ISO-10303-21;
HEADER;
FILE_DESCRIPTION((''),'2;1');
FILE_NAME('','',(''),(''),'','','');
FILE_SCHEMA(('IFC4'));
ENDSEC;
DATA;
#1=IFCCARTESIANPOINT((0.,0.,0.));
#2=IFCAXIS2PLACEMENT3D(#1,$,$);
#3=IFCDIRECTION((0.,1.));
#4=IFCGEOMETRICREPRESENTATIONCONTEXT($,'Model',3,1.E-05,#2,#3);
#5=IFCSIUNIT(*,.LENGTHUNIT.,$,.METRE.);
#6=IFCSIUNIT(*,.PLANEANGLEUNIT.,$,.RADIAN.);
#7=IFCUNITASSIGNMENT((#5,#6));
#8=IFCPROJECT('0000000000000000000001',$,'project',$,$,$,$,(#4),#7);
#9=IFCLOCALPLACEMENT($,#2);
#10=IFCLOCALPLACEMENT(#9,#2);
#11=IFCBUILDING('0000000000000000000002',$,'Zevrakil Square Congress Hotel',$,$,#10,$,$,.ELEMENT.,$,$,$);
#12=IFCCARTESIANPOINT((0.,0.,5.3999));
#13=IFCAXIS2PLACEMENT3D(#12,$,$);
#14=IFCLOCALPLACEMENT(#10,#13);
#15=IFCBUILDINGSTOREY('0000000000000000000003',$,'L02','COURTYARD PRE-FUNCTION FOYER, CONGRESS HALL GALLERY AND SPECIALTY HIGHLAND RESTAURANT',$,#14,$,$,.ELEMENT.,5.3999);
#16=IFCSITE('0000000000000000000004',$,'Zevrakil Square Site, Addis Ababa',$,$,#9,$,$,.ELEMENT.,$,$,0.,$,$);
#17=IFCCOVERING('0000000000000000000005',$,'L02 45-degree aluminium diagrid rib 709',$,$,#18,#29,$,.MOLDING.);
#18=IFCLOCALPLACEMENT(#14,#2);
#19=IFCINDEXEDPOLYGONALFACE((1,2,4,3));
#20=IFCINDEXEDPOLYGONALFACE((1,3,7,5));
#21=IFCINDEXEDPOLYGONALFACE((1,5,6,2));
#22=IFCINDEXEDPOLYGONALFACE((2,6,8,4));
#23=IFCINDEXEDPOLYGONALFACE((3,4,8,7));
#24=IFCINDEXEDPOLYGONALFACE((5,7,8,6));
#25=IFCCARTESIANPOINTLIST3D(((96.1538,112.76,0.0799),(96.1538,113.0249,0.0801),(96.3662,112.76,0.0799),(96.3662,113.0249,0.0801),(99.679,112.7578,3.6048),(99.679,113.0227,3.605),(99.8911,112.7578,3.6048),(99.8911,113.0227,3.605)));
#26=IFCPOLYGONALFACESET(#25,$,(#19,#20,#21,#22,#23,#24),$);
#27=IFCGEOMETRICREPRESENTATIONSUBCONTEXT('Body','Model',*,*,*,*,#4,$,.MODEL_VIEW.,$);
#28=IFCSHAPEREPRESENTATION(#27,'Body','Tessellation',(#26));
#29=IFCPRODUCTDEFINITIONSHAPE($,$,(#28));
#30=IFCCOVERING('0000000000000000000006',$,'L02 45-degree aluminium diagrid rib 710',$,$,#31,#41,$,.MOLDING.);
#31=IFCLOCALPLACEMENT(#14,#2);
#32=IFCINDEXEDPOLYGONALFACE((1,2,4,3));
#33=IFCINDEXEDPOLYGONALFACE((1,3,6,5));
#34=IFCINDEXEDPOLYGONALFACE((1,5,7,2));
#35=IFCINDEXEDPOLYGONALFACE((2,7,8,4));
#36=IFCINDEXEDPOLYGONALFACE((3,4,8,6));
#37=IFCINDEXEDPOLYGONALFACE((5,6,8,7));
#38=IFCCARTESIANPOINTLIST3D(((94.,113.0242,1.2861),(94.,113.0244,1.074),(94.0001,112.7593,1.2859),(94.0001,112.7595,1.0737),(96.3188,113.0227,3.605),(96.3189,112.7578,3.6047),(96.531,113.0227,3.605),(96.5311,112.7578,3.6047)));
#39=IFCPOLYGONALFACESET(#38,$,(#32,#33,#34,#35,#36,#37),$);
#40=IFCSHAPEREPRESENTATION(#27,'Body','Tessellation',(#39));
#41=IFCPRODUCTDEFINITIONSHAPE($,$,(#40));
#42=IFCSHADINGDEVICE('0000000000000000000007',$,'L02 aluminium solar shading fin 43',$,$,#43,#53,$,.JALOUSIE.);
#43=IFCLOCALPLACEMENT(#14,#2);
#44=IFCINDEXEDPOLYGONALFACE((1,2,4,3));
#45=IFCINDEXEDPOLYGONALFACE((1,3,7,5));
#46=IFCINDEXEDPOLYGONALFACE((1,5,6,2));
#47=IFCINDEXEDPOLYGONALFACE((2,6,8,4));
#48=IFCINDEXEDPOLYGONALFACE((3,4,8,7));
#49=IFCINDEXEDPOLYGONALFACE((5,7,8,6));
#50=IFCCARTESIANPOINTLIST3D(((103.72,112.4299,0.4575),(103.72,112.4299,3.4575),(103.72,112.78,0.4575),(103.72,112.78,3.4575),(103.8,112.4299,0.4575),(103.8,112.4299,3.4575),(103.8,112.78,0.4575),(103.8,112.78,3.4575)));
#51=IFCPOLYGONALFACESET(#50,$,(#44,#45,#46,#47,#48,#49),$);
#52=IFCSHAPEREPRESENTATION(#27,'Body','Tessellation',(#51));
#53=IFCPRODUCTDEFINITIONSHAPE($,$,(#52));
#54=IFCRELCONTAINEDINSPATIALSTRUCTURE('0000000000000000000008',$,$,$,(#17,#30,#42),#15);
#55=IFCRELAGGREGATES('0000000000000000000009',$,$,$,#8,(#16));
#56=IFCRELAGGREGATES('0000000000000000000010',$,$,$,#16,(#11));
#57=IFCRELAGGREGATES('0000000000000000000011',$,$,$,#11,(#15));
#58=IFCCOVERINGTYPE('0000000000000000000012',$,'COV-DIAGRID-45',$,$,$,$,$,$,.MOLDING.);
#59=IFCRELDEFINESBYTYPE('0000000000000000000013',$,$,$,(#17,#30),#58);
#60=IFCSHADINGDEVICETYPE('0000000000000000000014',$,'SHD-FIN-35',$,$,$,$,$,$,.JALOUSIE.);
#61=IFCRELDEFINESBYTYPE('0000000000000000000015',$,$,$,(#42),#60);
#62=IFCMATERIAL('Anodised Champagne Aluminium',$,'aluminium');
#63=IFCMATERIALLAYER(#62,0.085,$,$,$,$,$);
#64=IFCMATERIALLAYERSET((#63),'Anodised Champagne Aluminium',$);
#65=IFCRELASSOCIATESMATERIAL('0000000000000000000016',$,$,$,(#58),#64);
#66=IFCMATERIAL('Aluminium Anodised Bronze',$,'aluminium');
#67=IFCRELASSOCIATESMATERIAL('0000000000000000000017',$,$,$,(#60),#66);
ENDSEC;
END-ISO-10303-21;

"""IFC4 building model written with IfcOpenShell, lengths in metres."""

from ifc_helpers import new_model, si_unit, direction, frame, origin, origin_2d, place, context, subcontext, project, spatial, polyline, rectangle, outline, extrude, material, layer, layer_set, type_object, element, save


model = new_model("IFC4")

# Units and contexts
model_context = context("Model", 3, precision=1e-05, world=origin(), true_north=direction((0.0, 1.0)))
body_context = subcontext(model_context, "Body", "Model", "MODEL_VIEW")
ifc_project = project(units=[si_unit("LENGTHUNIT", "METRE"), si_unit("PLANEANGLEUNIT", "RADIAN")], contexts=[model_context])

# Site, building, storey
site_placement = place(None, origin())
site = spatial("IfcSite", under=ifc_project, at=site_placement, Name="Zevrakil Square Site, Addis Ababa", CompositionType="ELEMENT", RefElevation=0.0)
building_placement = place(site_placement, origin())
building = spatial("IfcBuilding", under=site, at=building_placement, Name="Zevrakil Square Congress Hotel", CompositionType="ELEMENT")
storey_placement = place(building_placement, frame((0.0, 0.0, 5.3999)))
storey = spatial("IfcBuildingStorey", under=building, at=storey_placement, Name="L02", Description="COURTYARD PRE-FUNCTION FOYER, CONGRESS HALL GALLERY AND SPECIALTY HIGHLAND RESTAURANT", CompositionType="ELEMENT", Elevation=5.3999)

# Coverings
ifc_material_1 = material(Name="Anodised Champagne Aluminium", Category="aluminium")
ifc_layer_1 = layer(ifc_material_1, 0.085)
ifc_layer_set_1 = layer_set([ifc_layer_1], Name="Anodised Champagne Aluminium")
covering_type_1 = type_object("IfcCoveringType", Name="COV-DIAGRID-45", PredefinedType="MOLDING", material=ifc_layer_set_1)
covering_1_placement = place(storey_placement, frame((99.8911, 113.0227, 3.605), z_axis=(0.0, 1.0, 0.000623), x_axis=(-1.0, 0.0, 0.0)))
element("IfcCovering", 1, at=covering_1_placement, inside=storey, type_object=covering_type_1, Name="L02 45-degree aluminium diagrid rib 709", PredefinedType="MOLDING", context=body_context, shape_type="SweptSolid", body=[
    extrude(outline(polyline([(0.0, 0.0), (0.2122, 0.0), (3.7373, -3.5249), (3.5249, -3.5249), (0.0, 0.0)])), origin(), (0.0, 0.0, -1.0), 0.2649),
])
covering_2_placement = place(storey_placement, frame((96.531, 113.0227, 3.605), z_axis=(-0.000248, 1.0, 0.000903), x_axis=(-1.0, -0.000248, 0.0)))
element("IfcCovering", 2, at=covering_2_placement, inside=storey, type_object=covering_type_1, Name="L02 45-degree aluminium diagrid rib 710", PredefinedType="MOLDING", context=body_context, shape_type="SweptSolid", body=[
    extrude(outline(polyline([(0.0, 0.0), (0.2122, 0.0), (2.531, -2.3188), (2.531, -2.531), (0.0, 0.0)])), origin(), (0.0, 0.0, -1.0), 0.2649),
])

# Shading device
ifc_material_2 = material(Name="Aluminium Anodised Bronze", Category="aluminium")
shading_device_type = type_object("IfcShadingDeviceType", Name="SHD-FIN-35", PredefinedType="JALOUSIE", material=ifc_material_2)
shading_device_placement = place(storey_placement, frame((103.76, 112.605, 0.4575), z_axis=(0.0, 0.0, 1.0), x_axis=(0.0, -1.0, 0.0)))
element("IfcShadingDevice", 3, at=shading_device_placement, inside=storey, type_object=shading_device_type, Name="L02 aluminium solar shading fin 43", PredefinedType="JALOUSIE", context=body_context, shape_type="SweptSolid", body=[
    extrude(rectangle(XDim=0.3501, YDim=0.0801, at=origin_2d()), origin(), (0.0, 0.0, 1.0), 3.0),
])

save(model, "model.ifc")
